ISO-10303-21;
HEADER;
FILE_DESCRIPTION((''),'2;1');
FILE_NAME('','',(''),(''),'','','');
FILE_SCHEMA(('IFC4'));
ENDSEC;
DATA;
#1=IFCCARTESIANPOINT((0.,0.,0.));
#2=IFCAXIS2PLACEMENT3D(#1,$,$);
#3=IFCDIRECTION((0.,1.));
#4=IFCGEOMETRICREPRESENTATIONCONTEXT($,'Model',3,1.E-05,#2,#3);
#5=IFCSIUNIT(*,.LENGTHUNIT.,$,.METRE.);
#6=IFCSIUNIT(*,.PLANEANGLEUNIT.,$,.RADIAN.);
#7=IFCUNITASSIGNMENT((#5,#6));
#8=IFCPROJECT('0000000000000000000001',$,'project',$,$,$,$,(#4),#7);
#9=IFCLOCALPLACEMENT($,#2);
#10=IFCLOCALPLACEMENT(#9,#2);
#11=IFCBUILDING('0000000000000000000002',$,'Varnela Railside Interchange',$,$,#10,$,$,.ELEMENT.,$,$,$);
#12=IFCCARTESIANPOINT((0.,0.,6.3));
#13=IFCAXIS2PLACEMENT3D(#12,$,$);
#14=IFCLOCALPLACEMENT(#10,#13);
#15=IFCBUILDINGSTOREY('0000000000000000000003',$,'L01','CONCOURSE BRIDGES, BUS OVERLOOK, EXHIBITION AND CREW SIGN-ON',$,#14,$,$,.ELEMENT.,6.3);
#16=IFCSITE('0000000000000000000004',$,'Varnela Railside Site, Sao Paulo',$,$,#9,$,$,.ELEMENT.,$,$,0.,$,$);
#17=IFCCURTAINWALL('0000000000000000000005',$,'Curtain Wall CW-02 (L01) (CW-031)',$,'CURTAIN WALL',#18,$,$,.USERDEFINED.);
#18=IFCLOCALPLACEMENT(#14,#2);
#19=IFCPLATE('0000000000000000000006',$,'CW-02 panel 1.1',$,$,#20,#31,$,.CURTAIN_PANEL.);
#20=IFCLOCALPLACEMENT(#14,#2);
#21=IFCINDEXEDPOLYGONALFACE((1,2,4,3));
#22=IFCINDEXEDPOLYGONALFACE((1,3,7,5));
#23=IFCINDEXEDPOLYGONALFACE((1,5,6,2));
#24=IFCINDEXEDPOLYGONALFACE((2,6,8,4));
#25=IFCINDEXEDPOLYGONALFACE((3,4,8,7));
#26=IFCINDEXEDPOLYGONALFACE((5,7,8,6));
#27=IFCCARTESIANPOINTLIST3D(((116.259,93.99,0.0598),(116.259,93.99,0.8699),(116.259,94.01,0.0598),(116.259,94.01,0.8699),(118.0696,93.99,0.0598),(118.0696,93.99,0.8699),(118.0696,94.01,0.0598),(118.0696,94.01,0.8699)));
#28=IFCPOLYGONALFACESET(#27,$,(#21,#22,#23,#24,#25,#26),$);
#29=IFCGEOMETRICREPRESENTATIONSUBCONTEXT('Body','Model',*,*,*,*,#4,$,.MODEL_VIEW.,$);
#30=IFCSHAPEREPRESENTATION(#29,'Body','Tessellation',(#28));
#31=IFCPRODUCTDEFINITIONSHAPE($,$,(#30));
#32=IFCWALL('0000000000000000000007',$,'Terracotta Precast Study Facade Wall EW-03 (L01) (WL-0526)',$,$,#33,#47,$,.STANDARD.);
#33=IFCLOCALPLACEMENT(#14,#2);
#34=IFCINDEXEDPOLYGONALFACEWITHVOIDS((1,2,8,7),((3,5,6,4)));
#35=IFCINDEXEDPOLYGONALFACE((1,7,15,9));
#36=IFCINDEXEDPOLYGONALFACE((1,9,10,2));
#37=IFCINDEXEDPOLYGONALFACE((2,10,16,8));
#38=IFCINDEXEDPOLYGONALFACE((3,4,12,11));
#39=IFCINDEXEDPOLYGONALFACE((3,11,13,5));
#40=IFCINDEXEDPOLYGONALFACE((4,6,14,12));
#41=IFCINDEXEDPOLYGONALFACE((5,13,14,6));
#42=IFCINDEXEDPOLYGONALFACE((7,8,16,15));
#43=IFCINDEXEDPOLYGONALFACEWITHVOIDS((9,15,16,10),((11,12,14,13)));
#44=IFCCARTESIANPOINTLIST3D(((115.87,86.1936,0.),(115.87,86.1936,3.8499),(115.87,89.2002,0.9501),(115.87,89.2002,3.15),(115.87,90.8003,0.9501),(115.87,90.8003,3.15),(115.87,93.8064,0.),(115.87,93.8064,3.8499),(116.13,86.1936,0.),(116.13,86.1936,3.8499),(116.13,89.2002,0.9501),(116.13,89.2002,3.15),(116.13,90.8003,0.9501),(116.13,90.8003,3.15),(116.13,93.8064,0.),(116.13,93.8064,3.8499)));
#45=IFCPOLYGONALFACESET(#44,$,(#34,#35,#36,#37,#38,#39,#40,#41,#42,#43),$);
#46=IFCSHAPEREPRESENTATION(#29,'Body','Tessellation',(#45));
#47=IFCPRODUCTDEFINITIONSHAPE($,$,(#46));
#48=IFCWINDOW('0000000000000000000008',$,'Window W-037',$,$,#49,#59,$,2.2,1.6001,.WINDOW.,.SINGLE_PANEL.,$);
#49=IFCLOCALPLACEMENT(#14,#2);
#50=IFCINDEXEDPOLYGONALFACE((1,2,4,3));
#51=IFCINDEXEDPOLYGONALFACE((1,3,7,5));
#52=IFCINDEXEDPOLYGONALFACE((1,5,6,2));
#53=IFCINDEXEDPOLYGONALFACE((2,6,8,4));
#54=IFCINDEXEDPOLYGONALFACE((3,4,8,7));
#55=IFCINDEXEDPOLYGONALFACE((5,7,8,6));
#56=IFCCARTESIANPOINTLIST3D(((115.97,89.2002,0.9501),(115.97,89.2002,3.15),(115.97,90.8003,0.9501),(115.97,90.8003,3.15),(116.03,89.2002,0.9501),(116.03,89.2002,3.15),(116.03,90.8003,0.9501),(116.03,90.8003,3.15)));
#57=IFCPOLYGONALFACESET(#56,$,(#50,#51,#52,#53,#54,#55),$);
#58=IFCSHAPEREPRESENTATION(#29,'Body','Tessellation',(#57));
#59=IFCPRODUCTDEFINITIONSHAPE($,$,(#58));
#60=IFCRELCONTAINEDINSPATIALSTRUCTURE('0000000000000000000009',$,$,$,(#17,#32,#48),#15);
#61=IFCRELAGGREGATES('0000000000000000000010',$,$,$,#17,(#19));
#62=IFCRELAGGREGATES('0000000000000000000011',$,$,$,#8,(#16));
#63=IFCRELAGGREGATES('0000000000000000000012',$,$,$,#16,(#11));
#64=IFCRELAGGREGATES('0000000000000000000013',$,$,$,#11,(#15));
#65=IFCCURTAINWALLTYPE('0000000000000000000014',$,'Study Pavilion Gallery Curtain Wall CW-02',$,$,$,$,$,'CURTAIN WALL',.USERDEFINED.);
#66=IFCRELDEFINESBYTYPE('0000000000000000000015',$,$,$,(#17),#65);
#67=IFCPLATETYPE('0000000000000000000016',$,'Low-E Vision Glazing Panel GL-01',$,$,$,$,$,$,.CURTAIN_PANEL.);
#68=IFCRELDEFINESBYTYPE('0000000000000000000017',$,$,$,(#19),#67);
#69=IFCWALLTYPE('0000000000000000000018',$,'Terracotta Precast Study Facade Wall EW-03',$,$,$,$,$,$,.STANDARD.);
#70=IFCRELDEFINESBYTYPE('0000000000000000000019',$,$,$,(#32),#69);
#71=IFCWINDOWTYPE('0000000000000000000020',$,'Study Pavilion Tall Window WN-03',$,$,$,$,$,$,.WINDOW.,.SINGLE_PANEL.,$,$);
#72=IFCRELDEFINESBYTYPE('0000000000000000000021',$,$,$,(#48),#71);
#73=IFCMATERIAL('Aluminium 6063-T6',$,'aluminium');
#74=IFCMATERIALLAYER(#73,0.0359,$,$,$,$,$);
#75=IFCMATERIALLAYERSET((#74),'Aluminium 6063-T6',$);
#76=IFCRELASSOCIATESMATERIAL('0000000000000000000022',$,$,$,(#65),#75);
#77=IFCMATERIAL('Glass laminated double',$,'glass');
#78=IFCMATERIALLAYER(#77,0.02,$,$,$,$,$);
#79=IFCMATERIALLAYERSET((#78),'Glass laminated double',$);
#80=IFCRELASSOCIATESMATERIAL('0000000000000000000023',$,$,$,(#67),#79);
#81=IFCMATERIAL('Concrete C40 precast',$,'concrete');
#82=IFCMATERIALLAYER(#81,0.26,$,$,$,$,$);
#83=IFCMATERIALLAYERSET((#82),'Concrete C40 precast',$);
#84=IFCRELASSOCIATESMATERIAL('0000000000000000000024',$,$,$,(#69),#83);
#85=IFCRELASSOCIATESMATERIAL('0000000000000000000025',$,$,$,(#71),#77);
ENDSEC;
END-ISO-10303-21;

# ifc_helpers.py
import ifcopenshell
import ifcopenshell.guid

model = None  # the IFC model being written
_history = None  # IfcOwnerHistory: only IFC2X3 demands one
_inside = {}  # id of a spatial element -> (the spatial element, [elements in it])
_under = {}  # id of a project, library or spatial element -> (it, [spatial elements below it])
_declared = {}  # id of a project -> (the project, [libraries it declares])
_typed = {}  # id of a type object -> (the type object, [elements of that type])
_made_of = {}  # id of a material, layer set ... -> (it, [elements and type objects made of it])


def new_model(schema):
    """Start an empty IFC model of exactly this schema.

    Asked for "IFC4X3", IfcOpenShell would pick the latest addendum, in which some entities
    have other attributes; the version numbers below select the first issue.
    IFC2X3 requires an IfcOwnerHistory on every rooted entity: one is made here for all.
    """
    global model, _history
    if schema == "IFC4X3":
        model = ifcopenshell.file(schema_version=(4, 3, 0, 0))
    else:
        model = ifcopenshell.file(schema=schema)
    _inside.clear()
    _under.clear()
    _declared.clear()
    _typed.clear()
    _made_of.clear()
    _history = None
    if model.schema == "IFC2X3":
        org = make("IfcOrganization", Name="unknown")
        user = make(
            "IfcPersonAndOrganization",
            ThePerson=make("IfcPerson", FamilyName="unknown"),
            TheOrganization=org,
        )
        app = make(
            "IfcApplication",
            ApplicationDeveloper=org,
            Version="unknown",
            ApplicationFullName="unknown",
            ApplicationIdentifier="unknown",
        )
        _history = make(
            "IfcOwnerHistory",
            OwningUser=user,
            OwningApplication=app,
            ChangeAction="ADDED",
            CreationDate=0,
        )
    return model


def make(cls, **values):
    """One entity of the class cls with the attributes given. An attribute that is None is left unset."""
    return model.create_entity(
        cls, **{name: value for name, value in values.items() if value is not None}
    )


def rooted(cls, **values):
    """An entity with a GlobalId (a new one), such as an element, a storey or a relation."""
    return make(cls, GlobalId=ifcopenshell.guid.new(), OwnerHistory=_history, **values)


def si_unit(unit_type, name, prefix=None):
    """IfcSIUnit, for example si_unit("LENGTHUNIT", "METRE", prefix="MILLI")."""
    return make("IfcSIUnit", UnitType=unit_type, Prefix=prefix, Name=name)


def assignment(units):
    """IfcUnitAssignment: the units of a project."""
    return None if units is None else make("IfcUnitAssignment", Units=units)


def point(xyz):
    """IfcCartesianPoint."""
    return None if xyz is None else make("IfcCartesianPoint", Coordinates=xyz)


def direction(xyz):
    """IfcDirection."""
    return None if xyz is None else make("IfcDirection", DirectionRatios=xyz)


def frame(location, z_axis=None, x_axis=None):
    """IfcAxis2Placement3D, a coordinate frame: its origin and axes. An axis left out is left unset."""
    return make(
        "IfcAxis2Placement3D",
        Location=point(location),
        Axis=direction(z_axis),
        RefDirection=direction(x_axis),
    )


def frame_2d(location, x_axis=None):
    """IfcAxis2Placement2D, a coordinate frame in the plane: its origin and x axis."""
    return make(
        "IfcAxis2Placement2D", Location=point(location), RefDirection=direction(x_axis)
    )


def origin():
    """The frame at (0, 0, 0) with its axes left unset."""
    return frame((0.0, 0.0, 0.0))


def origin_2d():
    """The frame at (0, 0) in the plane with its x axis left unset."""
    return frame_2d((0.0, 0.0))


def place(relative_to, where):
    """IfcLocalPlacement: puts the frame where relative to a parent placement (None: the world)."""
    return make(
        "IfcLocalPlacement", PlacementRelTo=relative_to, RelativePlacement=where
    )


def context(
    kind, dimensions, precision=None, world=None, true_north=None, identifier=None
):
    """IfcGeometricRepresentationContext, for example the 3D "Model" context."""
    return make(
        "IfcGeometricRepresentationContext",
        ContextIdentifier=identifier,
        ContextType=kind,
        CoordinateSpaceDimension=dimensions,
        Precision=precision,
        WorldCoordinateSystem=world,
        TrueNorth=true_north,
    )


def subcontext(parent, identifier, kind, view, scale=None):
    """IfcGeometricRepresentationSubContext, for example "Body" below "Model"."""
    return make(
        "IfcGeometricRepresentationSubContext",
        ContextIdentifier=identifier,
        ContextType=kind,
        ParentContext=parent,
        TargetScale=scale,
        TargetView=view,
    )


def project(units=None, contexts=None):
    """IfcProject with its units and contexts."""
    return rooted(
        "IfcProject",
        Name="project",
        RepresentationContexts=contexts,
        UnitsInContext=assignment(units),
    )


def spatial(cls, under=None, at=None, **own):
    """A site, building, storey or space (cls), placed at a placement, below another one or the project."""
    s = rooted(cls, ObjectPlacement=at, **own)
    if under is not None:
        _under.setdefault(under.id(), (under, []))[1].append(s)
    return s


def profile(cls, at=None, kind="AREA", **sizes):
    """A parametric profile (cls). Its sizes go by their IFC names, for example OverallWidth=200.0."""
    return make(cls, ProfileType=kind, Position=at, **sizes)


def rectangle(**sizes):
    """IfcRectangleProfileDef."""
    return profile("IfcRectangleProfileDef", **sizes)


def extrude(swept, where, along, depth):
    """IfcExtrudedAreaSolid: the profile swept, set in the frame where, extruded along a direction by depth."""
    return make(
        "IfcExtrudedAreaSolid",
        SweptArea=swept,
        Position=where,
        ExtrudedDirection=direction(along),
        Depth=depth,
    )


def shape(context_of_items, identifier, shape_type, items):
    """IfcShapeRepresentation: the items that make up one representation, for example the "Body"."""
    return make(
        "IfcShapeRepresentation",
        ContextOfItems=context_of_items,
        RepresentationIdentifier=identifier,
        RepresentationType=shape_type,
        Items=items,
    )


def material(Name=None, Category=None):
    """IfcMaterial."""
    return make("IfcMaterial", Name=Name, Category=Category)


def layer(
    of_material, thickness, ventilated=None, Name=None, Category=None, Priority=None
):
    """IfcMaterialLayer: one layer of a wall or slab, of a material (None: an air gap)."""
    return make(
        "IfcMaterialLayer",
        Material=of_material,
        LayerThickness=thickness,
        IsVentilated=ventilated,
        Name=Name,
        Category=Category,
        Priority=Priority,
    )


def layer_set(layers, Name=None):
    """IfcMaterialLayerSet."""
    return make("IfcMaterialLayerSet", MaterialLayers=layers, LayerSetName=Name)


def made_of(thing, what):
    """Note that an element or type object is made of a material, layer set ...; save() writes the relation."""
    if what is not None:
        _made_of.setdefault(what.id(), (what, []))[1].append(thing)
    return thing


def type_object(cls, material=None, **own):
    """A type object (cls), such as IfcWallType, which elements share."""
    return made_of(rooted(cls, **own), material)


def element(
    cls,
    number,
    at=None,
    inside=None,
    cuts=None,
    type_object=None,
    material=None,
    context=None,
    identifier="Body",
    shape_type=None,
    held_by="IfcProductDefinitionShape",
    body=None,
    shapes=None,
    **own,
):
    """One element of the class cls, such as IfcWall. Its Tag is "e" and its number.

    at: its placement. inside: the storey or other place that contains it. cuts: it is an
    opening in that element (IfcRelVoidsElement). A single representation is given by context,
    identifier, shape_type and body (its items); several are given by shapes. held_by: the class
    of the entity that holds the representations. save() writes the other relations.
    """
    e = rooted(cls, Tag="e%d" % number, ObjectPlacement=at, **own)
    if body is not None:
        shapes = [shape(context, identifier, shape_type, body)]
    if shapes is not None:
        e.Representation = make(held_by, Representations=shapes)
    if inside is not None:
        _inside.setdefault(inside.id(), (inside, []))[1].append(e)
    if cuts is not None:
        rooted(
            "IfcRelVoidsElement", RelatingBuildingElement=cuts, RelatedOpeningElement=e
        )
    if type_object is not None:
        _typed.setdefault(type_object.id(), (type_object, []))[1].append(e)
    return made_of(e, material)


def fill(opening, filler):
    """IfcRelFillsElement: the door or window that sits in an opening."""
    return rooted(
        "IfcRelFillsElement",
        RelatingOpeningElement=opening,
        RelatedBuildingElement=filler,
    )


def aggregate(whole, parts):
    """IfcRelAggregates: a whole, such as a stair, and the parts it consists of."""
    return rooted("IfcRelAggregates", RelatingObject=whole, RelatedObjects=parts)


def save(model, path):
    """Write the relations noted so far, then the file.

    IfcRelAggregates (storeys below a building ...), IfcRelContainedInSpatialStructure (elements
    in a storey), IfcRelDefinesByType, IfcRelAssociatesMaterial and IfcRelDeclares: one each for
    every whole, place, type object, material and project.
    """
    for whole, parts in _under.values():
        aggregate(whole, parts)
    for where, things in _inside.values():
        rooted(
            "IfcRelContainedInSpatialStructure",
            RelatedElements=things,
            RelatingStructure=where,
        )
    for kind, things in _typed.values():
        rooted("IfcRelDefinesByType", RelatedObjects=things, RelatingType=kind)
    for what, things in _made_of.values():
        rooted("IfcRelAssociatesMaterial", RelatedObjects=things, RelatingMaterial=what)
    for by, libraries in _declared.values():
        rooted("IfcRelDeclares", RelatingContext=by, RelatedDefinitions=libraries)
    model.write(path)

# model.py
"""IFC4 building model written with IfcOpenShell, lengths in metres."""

from ifc_helpers import new_model, si_unit, direction, frame, frame_2d, origin, origin_2d, place, context, subcontext, project, spatial, rectangle, extrude, material, layer, layer_set, type_object, element, fill, aggregate, save


model = new_model("IFC4")

# Units and contexts
model_context = context("Model", 3, precision=1e-05, world=origin(), true_north=direction((0.0, 1.0)))
body_context = subcontext(model_context, "Body", "Model", "MODEL_VIEW")
ifc_project = project(units=[si_unit("LENGTHUNIT", "METRE"), si_unit("PLANEANGLEUNIT", "RADIAN")], contexts=[model_context])

# Site, building, storey
site_placement = place(None, origin())
site = spatial("IfcSite", under=ifc_project, at=site_placement, Name="Varnela Railside Site, Sao Paulo", CompositionType="ELEMENT", RefElevation=0.0)
building_placement = place(site_placement, origin())
building = spatial("IfcBuilding", under=site, at=building_placement, Name="Varnela Railside Interchange", CompositionType="ELEMENT")
storey_placement = place(building_placement, frame((0.0, 0.0, 6.3)))
storey = spatial("IfcBuildingStorey", under=building, at=storey_placement, Name="L01", Description="CONCOURSE BRIDGES, BUS OVERLOOK, EXHIBITION AND CREW SIGN-ON", CompositionType="ELEMENT", Elevation=6.3)

# Shared definitions
ifc_material_1 = material(Name="Aluminium 6063-T6", Category="aluminium")
ifc_layer_1 = layer(ifc_material_1, 0.0359)
ifc_layer_set_1 = layer_set([ifc_layer_1], Name="Aluminium 6063-T6")
curtain_wall_type = type_object("IfcCurtainWallType", Name="Study Pavilion Gallery Curtain Wall CW-02", ElementType="CURTAIN WALL", PredefinedType="USERDEFINED", material=ifc_layer_set_1)

# Curtain wall
curtain_wall_1_placement = place(storey_placement, origin())
curtain_wall_1 = element("IfcCurtainWall", 1, at=curtain_wall_1_placement, inside=storey, type_object=curtain_wall_type, Name="Curtain Wall CW-02 (L01) (CW-031)", ObjectType="CURTAIN WALL", PredefinedType="USERDEFINED")

# Shared definitions
ifc_material_2 = material(Name="Concrete C40 precast", Category="concrete")

# Plate
ifc_material_3 = material(Name="Glass laminated double", Category="glass")
ifc_layer_2 = layer(ifc_material_3, 0.02)
ifc_layer_set_2 = layer_set([ifc_layer_2], Name="Glass laminated double")
plate_type = type_object("IfcPlateType", Name="Low-E Vision Glazing Panel GL-01", PredefinedType="CURTAIN_PANEL", material=ifc_layer_set_2)
plate_1_placement = place(storey_placement, frame((117.1643, 94.0, 0.0598), z_axis=(0.0, 0.0, 1.0), x_axis=(1.0, 0.0, 0.0)))
plate_1 = element("IfcPlate", 2, at=plate_1_placement, type_object=plate_type, Name="CW-02 panel 1.1", PredefinedType="CURTAIN_PANEL", context=body_context, shape_type="SweptSolid", body=[
    extrude(rectangle(XDim=1.8105, YDim=0.02, at=origin_2d()), origin(), (0.0, 0.0, 1.0), 0.8101),
])
aggregate(curtain_wall_1, [plate_1])

# Wall, opening, window
ifc_layer_3 = layer(ifc_material_2, 0.26)
ifc_layer_set_3 = layer_set([ifc_layer_3], Name="Concrete C40 precast")
wall_type = type_object("IfcWallType", Name="Terracotta Precast Study Facade Wall EW-03", PredefinedType="STANDARD", material=ifc_layer_set_3)
wall_placement = place(storey_placement, frame((116.0, 86.1936, 0.0), z_axis=(0.0, 0.0, 1.0), x_axis=(0.0, 1.0, 0.0)))
wall = element("IfcWall", 3, at=wall_placement, inside=storey, type_object=wall_type, Name="Terracotta Precast Study Facade Wall EW-03 (L01) (WL-0526)", PredefinedType="STANDARD", context=body_context, shape_type="SweptSolid", body=[
    extrude(rectangle(XDim=7.6128, YDim=0.26, at=frame_2d((3.8064, 0.0))), origin(), (0.0, 0.0, 1.0), 3.8499),
])
opening_placement = place(wall_placement, frame((3.0066, 0.0, 0.95)))
opening = element("IfcOpeningElement", 4, at=opening_placement, cuts=wall, PredefinedType="OPENING", context=body_context, shape_type="SweptSolid", body=[
    extrude(rectangle(XDim=1.6001, YDim=2.2, at=frame_2d((0.8, 1.1001))), frame((0.0, 0.1399, 0.0), z_axis=(0.0, -1.0, 0.0), x_axis=(1.0, 0.0, 0.0)), (0.0, 0.0, 1.0), 0.28),
])
window_type = type_object("IfcWindowType", Name="Study Pavilion Tall Window WN-03", PartitioningType="SINGLE_PANEL", PredefinedType="WINDOW", material=ifc_material_3)
window_placement = place(opening_placement, origin())
window = element("IfcWindow", 5, at=window_placement, inside=storey, type_object=window_type, Name="Window W-037", OverallHeight=2.2, OverallWidth=1.6001, PartitioningType="SINGLE_PANEL", PredefinedType="WINDOW", context=body_context, shape_type="SweptSolid", body=[
    extrude(rectangle(XDim=1.6001, YDim=2.2, at=frame_2d((0.8, 1.1001))), frame((0.0, 0.03, 0.0), z_axis=(0.0, -1.0, 0.0), x_axis=(1.0, 0.0, 0.0)), (0.0, 0.0, 1.0), 0.0601),
])
fill(opening, window)

save(model, "model.ifc")
